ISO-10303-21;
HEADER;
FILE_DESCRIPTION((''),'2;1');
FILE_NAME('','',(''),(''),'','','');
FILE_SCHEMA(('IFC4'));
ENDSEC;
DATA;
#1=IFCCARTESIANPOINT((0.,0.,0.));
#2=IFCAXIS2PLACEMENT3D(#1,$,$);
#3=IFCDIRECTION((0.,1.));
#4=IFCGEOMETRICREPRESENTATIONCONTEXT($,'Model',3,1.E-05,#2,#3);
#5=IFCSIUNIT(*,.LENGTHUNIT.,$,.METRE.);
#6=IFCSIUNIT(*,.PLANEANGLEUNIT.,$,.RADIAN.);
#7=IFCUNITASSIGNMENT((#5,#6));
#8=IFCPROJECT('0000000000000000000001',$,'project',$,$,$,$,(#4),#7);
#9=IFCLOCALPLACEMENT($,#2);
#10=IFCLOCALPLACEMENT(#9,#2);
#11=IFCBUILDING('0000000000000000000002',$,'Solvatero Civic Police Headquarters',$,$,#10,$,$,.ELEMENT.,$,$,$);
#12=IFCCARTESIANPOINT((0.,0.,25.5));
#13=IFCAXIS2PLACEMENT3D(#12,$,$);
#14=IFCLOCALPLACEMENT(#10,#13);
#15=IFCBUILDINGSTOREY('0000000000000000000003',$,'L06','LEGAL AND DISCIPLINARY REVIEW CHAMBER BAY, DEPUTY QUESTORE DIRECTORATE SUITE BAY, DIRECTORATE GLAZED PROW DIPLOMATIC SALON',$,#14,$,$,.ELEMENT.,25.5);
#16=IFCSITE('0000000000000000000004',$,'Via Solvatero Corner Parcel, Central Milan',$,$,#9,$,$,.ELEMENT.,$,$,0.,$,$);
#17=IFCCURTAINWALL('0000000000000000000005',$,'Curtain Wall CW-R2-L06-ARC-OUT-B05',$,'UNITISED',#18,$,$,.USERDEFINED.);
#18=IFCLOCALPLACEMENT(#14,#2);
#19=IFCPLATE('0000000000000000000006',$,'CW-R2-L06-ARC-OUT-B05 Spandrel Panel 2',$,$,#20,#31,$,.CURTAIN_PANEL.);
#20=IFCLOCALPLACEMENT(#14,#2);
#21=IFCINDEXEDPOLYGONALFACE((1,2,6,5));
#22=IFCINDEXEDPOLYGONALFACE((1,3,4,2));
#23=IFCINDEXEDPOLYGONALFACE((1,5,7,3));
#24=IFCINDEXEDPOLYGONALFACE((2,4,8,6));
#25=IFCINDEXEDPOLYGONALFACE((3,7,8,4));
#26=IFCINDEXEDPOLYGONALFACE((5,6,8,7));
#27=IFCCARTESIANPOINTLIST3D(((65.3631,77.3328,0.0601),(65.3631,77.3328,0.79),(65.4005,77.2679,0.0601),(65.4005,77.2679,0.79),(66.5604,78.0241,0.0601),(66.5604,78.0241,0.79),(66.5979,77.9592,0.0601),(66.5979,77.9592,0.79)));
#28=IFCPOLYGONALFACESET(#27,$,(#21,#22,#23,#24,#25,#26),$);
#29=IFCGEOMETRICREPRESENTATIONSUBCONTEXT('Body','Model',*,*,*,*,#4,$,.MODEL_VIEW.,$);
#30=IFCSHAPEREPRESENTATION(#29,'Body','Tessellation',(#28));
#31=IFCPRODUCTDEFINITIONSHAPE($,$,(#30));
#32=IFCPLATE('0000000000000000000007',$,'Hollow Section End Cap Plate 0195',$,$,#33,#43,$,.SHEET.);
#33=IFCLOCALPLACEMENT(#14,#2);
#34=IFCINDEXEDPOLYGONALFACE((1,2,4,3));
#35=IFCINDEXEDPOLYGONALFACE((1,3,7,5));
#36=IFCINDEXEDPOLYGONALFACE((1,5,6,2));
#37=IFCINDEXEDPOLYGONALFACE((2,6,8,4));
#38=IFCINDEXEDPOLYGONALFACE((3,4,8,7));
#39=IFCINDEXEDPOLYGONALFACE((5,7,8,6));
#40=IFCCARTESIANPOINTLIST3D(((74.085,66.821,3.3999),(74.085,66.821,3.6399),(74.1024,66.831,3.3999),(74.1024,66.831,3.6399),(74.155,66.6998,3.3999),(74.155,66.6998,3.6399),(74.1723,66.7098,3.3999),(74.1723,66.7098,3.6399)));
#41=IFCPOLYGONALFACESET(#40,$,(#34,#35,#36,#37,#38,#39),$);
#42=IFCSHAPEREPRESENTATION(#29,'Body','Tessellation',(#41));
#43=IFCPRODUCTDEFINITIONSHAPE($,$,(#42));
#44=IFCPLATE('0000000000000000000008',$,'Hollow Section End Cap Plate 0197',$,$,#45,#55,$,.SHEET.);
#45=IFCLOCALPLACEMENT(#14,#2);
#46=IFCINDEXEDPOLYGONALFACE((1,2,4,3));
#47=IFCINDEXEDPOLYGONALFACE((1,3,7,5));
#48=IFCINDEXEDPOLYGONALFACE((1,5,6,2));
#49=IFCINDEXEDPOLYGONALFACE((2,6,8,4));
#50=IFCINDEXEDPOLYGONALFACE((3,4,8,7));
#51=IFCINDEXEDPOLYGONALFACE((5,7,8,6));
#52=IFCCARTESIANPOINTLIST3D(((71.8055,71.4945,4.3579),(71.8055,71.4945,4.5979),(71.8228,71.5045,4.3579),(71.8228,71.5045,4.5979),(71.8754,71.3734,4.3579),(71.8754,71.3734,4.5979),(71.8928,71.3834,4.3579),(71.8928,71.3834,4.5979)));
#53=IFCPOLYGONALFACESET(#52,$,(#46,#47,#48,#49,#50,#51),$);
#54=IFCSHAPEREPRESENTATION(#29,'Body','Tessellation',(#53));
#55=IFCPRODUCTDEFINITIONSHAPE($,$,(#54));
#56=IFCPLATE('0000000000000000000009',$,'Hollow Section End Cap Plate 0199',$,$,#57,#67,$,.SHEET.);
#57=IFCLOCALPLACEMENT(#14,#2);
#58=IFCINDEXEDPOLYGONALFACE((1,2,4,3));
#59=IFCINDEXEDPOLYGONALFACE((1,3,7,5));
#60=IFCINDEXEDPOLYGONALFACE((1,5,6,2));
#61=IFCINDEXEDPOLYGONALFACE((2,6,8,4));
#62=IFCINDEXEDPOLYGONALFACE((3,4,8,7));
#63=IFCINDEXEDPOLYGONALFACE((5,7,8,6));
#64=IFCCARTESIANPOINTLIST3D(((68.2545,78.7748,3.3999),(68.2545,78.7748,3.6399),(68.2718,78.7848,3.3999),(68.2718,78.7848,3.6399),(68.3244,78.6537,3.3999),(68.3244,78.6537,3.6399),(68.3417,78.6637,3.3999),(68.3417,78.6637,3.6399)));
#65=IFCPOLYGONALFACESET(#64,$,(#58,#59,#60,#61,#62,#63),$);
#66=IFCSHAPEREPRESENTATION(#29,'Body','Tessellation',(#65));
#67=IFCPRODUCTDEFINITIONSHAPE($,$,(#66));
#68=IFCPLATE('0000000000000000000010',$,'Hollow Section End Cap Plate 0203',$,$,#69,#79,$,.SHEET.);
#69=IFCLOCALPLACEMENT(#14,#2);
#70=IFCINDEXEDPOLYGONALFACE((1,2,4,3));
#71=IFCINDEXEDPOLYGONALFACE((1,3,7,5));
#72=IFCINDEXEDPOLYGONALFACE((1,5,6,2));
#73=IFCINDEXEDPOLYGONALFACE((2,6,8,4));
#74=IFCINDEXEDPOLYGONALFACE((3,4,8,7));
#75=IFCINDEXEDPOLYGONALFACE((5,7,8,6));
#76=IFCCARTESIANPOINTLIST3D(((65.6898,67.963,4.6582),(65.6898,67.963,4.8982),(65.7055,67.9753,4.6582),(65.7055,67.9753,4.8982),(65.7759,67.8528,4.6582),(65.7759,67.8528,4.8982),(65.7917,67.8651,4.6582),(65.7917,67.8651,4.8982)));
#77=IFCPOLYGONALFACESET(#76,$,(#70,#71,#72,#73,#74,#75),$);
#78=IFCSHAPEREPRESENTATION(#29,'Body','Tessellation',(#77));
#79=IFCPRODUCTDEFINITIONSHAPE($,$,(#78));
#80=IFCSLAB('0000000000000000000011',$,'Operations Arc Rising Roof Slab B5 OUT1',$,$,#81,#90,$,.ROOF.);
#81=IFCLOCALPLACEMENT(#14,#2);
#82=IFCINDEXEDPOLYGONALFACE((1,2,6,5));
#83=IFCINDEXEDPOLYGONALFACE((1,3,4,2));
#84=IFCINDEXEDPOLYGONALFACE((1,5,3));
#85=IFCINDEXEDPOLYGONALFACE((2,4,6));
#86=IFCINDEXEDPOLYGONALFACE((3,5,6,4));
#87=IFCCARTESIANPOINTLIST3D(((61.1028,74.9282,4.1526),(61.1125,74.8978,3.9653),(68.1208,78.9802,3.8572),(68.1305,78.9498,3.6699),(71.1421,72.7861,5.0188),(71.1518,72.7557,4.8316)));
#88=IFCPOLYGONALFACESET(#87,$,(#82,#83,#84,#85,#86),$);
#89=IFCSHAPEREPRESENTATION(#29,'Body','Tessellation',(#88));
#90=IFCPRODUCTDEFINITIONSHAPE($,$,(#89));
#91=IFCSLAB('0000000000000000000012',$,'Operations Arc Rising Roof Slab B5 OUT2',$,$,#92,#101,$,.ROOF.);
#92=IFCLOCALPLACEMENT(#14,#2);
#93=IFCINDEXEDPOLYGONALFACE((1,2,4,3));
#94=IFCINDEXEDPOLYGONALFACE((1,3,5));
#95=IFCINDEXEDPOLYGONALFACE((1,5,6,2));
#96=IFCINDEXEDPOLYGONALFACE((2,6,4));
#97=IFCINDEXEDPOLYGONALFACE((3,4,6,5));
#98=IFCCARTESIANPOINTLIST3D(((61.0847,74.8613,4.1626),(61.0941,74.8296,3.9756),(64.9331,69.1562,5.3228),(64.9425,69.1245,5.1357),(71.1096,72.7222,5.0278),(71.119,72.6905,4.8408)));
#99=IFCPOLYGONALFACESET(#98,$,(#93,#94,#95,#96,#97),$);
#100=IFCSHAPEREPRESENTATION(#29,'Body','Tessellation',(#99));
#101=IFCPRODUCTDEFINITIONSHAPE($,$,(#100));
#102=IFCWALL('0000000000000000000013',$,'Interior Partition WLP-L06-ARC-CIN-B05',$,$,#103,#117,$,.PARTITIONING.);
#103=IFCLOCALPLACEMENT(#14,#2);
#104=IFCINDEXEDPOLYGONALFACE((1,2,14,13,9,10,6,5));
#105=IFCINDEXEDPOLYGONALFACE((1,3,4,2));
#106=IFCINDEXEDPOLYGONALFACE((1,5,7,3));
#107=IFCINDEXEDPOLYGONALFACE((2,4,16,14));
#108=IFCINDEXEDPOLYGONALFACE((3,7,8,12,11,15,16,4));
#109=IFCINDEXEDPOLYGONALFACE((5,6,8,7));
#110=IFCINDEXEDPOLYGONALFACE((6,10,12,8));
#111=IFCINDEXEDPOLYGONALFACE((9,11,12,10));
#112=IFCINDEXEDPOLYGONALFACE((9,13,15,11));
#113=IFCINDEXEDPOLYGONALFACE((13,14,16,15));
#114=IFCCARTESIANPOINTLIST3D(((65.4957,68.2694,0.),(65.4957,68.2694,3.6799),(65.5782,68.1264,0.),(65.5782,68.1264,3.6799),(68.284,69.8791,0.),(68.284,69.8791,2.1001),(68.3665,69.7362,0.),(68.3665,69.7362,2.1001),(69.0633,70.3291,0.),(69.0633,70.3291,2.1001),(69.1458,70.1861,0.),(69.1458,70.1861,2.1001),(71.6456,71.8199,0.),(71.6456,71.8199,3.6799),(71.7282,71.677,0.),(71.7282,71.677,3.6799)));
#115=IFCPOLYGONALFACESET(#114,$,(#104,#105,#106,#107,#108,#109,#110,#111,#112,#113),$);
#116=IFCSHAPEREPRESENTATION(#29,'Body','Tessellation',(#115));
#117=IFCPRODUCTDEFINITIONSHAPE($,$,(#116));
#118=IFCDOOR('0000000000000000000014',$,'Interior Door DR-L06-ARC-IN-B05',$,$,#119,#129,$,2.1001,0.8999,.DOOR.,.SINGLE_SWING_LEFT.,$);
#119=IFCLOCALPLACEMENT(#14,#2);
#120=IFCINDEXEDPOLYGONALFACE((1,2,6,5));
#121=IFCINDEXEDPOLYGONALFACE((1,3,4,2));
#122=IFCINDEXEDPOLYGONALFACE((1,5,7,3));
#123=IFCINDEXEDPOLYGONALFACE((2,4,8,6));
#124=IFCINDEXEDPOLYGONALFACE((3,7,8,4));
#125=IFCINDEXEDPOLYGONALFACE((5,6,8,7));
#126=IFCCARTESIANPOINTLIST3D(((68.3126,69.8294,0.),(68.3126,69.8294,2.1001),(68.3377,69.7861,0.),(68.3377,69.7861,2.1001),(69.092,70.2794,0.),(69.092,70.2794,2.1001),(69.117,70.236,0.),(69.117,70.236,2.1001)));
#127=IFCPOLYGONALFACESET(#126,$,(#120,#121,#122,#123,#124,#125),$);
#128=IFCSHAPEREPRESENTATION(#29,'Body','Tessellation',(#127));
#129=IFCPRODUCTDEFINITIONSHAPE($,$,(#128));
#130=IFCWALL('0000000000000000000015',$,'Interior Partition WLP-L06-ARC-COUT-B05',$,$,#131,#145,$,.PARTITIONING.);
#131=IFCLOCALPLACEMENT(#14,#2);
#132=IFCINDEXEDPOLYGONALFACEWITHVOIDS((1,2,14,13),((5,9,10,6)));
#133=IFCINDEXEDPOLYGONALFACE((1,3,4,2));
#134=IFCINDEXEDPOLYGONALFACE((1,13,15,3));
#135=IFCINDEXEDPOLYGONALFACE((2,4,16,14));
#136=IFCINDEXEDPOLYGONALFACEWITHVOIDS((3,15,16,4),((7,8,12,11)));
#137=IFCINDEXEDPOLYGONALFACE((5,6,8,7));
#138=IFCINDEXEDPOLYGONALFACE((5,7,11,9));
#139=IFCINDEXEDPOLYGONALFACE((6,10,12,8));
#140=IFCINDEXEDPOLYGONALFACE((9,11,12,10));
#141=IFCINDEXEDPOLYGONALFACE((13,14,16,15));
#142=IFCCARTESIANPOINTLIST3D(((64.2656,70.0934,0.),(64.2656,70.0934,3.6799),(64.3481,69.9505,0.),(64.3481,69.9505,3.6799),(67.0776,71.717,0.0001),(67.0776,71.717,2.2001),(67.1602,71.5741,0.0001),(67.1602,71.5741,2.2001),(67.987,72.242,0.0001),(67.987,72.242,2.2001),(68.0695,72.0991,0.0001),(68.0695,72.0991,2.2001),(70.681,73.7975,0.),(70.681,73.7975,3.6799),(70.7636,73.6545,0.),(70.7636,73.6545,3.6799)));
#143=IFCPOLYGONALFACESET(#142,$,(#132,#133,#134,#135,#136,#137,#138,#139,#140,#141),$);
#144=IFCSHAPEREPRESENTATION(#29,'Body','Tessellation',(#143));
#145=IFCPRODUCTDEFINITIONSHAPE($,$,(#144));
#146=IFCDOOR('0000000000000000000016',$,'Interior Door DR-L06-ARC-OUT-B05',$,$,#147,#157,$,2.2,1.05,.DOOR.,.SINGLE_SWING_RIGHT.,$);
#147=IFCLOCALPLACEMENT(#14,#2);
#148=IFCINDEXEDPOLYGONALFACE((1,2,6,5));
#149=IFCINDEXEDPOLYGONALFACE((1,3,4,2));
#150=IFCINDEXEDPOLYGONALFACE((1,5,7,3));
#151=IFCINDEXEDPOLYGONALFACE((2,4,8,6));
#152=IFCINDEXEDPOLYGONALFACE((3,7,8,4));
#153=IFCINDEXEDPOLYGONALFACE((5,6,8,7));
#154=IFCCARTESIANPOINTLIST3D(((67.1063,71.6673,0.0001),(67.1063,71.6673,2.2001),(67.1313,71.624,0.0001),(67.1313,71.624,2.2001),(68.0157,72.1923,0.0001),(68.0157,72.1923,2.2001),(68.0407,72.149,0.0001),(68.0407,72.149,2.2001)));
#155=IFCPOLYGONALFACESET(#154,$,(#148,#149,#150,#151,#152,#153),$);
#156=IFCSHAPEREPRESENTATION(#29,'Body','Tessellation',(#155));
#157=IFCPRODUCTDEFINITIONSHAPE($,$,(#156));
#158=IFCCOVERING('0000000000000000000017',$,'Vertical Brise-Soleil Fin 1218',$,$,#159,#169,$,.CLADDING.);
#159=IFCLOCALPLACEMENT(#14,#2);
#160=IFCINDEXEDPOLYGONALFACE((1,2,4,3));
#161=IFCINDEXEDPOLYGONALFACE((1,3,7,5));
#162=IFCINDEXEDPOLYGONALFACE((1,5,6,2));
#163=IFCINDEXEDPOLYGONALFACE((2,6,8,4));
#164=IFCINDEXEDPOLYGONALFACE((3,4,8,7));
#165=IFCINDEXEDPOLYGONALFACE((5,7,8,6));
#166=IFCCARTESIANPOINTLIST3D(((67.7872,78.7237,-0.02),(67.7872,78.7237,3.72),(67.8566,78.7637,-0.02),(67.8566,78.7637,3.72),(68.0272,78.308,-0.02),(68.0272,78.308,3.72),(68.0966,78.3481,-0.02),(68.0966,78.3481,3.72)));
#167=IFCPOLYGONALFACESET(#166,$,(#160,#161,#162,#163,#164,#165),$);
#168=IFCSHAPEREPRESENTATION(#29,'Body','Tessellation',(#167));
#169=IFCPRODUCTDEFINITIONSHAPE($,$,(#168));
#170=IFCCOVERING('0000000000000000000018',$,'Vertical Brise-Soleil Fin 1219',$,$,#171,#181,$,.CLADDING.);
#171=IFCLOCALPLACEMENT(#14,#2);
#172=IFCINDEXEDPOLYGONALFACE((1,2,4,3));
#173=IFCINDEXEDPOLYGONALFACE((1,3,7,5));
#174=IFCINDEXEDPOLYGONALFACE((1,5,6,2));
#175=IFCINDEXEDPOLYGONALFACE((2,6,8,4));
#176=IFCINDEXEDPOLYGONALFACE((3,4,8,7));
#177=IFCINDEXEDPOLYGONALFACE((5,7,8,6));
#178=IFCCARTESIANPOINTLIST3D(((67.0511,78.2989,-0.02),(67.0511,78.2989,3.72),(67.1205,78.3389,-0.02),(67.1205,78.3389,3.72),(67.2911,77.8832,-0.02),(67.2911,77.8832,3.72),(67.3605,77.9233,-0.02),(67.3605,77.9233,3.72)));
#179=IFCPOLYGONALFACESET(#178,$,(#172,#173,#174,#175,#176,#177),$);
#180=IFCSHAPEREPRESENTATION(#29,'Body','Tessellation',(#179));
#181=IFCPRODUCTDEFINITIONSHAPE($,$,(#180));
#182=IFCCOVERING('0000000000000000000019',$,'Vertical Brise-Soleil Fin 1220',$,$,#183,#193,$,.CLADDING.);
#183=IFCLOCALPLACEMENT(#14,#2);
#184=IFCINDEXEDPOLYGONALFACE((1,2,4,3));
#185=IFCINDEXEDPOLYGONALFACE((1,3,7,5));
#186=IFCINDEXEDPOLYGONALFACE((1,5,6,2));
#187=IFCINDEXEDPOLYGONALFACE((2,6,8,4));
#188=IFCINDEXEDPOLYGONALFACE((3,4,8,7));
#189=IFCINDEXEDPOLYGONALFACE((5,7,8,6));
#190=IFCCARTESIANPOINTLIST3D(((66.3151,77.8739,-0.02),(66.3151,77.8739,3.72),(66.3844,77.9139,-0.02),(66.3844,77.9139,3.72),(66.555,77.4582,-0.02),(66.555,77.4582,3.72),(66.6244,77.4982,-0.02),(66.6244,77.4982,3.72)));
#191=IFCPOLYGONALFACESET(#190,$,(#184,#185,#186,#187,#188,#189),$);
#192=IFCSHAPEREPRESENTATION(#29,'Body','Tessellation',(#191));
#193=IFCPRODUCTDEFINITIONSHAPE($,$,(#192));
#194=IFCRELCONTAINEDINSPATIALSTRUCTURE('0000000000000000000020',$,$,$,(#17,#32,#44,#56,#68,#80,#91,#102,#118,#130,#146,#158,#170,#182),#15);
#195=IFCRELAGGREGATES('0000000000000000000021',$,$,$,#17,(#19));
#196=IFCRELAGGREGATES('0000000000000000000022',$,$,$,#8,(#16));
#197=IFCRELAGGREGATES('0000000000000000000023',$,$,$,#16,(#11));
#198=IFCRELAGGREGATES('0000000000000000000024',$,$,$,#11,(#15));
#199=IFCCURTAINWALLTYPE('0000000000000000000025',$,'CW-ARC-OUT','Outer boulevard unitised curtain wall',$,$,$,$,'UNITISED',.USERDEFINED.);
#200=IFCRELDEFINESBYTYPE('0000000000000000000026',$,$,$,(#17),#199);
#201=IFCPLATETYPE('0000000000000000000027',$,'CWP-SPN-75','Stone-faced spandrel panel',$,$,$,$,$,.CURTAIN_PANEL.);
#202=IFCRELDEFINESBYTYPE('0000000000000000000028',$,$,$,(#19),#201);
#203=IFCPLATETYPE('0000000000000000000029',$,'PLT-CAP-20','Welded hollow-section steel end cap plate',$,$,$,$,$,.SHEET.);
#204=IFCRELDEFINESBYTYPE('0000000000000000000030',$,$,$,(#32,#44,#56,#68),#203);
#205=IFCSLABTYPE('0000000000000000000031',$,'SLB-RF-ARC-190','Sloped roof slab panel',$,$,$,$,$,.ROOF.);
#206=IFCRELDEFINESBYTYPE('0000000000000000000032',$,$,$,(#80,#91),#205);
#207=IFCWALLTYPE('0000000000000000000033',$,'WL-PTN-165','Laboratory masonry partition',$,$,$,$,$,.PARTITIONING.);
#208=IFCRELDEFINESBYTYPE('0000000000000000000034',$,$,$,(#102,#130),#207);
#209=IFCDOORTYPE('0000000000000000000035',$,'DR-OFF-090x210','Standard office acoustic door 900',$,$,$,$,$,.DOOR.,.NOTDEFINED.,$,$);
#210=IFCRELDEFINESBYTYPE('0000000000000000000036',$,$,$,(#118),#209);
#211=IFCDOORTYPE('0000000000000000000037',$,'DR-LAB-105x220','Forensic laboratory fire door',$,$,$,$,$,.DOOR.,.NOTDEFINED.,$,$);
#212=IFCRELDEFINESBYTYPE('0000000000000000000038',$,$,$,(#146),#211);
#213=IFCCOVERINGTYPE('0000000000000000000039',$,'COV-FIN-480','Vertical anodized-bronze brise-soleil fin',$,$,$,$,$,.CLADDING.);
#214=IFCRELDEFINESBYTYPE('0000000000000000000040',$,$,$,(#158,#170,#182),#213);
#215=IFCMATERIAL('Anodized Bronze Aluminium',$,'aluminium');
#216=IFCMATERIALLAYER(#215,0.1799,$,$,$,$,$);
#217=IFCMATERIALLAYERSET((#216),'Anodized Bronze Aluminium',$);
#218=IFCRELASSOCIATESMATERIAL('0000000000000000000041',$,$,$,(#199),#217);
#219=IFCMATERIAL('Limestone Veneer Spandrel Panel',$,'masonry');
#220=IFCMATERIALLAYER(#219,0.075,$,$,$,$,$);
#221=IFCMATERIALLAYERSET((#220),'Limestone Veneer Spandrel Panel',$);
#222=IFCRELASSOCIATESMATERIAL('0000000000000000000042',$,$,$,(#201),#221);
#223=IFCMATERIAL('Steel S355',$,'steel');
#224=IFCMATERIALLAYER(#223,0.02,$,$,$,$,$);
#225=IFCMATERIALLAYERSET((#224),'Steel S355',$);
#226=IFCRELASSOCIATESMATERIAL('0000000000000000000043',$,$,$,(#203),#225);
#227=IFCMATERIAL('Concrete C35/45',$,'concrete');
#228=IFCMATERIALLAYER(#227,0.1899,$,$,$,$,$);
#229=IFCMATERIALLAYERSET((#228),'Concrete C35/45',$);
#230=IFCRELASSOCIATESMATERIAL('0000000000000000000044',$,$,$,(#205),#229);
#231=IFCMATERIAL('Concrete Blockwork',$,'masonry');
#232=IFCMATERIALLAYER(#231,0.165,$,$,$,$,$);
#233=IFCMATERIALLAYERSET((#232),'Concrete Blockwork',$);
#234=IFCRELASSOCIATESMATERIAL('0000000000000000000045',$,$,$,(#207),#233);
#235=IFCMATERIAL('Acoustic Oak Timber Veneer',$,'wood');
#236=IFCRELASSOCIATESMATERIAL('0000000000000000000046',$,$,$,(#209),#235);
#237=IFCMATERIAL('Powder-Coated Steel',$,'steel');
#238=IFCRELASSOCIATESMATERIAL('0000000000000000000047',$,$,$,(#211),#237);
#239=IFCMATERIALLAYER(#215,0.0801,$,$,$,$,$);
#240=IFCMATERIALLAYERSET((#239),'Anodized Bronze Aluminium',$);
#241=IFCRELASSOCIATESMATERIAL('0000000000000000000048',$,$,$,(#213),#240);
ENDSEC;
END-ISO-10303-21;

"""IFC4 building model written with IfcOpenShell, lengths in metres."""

from ifc_helpers import new_model, si_unit, direction, frame, frame_2d, origin, origin_2d, place, context, subcontext, project, spatial, polyline, rectangle, outline, extrude, material, layer, layer_set, type_object, element, fill, aggregate, save


model = new_model("IFC4")

# Units and contexts
model_context = context("Model", 3, precision=1e-05, world=origin(), true_north=direction((0.0, 1.0)))
body_context = subcontext(model_context, "Body", "Model", "MODEL_VIEW")
ifc_project = project(units=[si_unit("LENGTHUNIT", "METRE"), si_unit("PLANEANGLEUNIT", "RADIAN")], contexts=[model_context])

# Site, building, storey
site_placement = place(None, origin())
site = spatial("IfcSite", under=ifc_project, at=site_placement, Name="Via Solvatero Corner Parcel, Central Milan", CompositionType="ELEMENT", RefElevation=0.0)
building_placement = place(site_placement, origin())
building = spatial("IfcBuilding", under=site, at=building_placement, Name="Solvatero Civic Police Headquarters", CompositionType="ELEMENT")
storey_placement = place(building_placement, frame((0.0, 0.0, 25.5)))
storey = spatial("IfcBuildingStorey", under=building, at=storey_placement, Name="L06", Description="LEGAL AND DISCIPLINARY REVIEW CHAMBER BAY, DEPUTY QUESTORE DIRECTORATE SUITE BAY, DIRECTORATE GLAZED PROW DIPLOMATIC SALON", CompositionType="ELEMENT", Elevation=25.5)

# Shared definitions
ifc_material_1 = material(Name="Steel S355", Category="steel")

# Curtain wall
ifc_material_2 = material(Name="Anodized Bronze Aluminium", Category="aluminium")
ifc_layer_1 = layer(ifc_material_2, 0.1799)
ifc_layer_set_1 = layer_set([ifc_layer_1], Name="Anodized Bronze Aluminium")
curtain_wall_type = type_object("IfcCurtainWallType", Name="CW-ARC-OUT", Description="Outer boulevard unitised curtain wall", ElementType="UNITISED", PredefinedType="USERDEFINED", material=ifc_layer_set_1)
curtain_wall_placement = place(storey_placement, origin())
curtain_wall = element("IfcCurtainWall", 1, at=curtain_wall_placement, inside=storey, type_object=curtain_wall_type, Name="Curtain Wall CW-R2-L06-ARC-OUT-B05", ObjectType="UNITISED", PredefinedType="USERDEFINED")

# Plate
ifc_material_3 = material(Name="Limestone Veneer Spandrel Panel", Category="masonry")
ifc_layer_2 = layer(ifc_material_3, 0.075)
ifc_layer_set_2 = layer_set([ifc_layer_2], Name="Limestone Veneer Spandrel Panel")
plate_type_1 = type_object("IfcPlateType", Name="CWP-SPN-75", Description="Stone-faced spandrel panel", PredefinedType="CURTAIN_PANEL", material=ifc_layer_set_2)
plate_1_placement = place(storey_placement, frame((65.9805, 77.646, 0.0601), z_axis=(0.0, 0.0, 1.0), x_axis=(-0.866025, -0.5, 0.0)))
plate_1 = element("IfcPlate", 2, at=plate_1_placement, type_object=plate_type_1, Name="CW-R2-L06-ARC-OUT-B05 Spandrel Panel 2", PredefinedType="CURTAIN_PANEL", context=body_context, shape_type="SweptSolid", body=[
    extrude(rectangle(XDim=1.3826, YDim=0.075, at=origin_2d()), origin(), (0.0, 0.0, 1.0), 0.73),
])
aggregate(curtain_wall, [plate_1])

# Plates
ifc_layer_3 = layer(ifc_material_1, 0.02)
ifc_layer_set_3 = layer_set([ifc_layer_3], Name="Steel S355")
plate_type_2 = type_object("IfcPlateType", Name="PLT-CAP-20", Description="Welded hollow-section steel end cap plate", PredefinedType="SHEET", material=ifc_layer_set_3)
for number, where, z_axis, x_axis, name in (
    (3, (74.1287, 66.7654, 3.3999), (0.0, 0.0, 1.0), (-0.866034, -0.499985, 0.0), "Hollow Section End Cap Plate 0195"),
    (4, (71.8491, 71.439, 4.3579), (0.0, 0.0, 1.0), (-0.866025, -0.5, 0.0), "Hollow Section End Cap Plate 0197"),
    (5, (68.2981, 78.7192, 3.3999), (0.0, 0.0, 1.0), (-0.866025, -0.5, 0.0), "Hollow Section End Cap Plate 0199"),
    (6, (65.7407, 67.9141, 4.6582), (0.0, 0.0, 1.0), (-0.788021, -0.615648, 0.0), "Hollow Section End Cap Plate 0203"),
):
    element("IfcPlate", number, at=place(storey_placement, frame(where, z_axis=z_axis, x_axis=x_axis)), inside=storey, type_object=plate_type_2, Name=name, PredefinedType="SHEET", context=body_context, shape_type="SweptSolid", body=[
        extrude(rectangle(XDim=0.02, YDim=0.1399, at=origin_2d()), origin(), (0.0, 0.0, 1.0), 0.24),
    ])

# Slabs
ifc_material_4 = material(Name="Concrete C35/45", Category="concrete")
ifc_layer_4 = layer(ifc_material_4, 0.1899)
ifc_layer_set_4 = layer_set([ifc_layer_4], Name="Concrete C35/45")
slab_type = type_object("IfcSlabType", Name="SLB-RF-ARC-190", Description="Sloped roof slab panel", PredefinedType="ROOF", material=ifc_layer_set_4)
slab_1_placement = place(storey_placement, frame((71.1421, 72.7861, 5.0188), z_axis=(-0.050908, 0.160042, 0.985797), x_axis=(-0.974522, 0.207934, -0.084084)))
element("IfcSlab", 7, at=slab_1_placement, inside=storey, type_object=slab_type, Name="Operations Arc Rising Roof Slab B5 OUT1", PredefinedType="ROOF", context=body_context, shape_type="SweptSolid", body=[
    extrude(outline(polyline([(0.0, 0.0), (10.3018, 0.0), (4.3299, -5.486), (0.0, 0.0)])), origin(), (0.0, 0.0, -1.0), 0.1899),
])
slab_2_placement = place(storey_placement, frame((71.1096, 72.7222, 5.0278), z_axis=(-0.049366, 0.166949, 0.984729), x_axis=(-0.865292, -0.499563, 0.041317)))
element("IfcSlab", 8, at=slab_2_placement, inside=storey, type_object=slab_type, Name="Operations Arc Rising Roof Slab B5 OUT2", PredefinedType="ROOF", context=body_context, shape_type="SweptSolid", body=[
    extrude(outline(polyline([(0.0, 0.0), (7.1381, 0.0), (7.5701, -6.9654), (0.0, 0.0)])), origin(), (0.0, 0.0, -1.0), 0.1899),
])

# Walls, openings, doors
ifc_material_5 = material(Name="Concrete Blockwork", Category="masonry")
ifc_layer_5 = layer(ifc_material_5, 0.165)
ifc_layer_set_5 = layer_set([ifc_layer_5], Name="Concrete Blockwork")
wall_type = type_object("IfcWallType", Name="WL-PTN-165", Description="Laboratory masonry partition", PredefinedType="PARTITIONING", material=ifc_layer_set_5)
wall_1_placement = place(storey_placement, frame((71.687, 71.7485, 0.0), z_axis=(0.0, 0.0, 1.0), x_axis=(-0.866032, -0.499988, 0.0)))
wall_1 = element("IfcWall", 9, at=wall_1_placement, inside=storey, type_object=wall_type, Name="Interior Partition WLP-L06-ARC-CIN-B05", PredefinedType="PARTITIONING", context=body_context, shape_type="SweptSolid", body=[
    extrude(rectangle(XDim=7.1013, YDim=0.165, at=frame_2d((3.5508, 0.0))), origin(), (0.0, 0.0, 1.0), 3.6799),
])
opening_1_placement = place(wall_1_placement, frame((2.9819, 0.0, 0.0)))
opening_1 = element("IfcOpeningElement", 10, at=opening_1_placement, cuts=wall_1, PredefinedType="OPENING", context=body_context, shape_type="SweptSolid", body=[
    extrude(rectangle(XDim=0.8999, YDim=2.1001, at=frame_2d((0.45, 1.05))), frame((0.0, 0.0925, 0.0), z_axis=(0.0, -1.0, 0.0), x_axis=(1.0, 0.0, 0.0)), (0.0, 0.0, 1.0), 0.1851),
])
ifc_material_6 = material(Name="Acoustic Oak Timber Veneer", Category="wood")
door_type_1 = type_object("IfcDoorType", Name="DR-OFF-090x210", Description="Standard office acoustic door 900", OperationType="NOTDEFINED", PredefinedType="DOOR", material=ifc_material_6)
door_1_placement = place(opening_1_placement, origin())
door_1 = element("IfcDoor", 11, at=door_1_placement, inside=storey, type_object=door_type_1, Name="Interior Door DR-L06-ARC-IN-B05", OperationType="SINGLE_SWING_LEFT", OverallHeight=2.1001, OverallWidth=0.8999, PredefinedType="DOOR", context=body_context, shape_type="SweptSolid", body=[
    extrude(rectangle(XDim=0.8999, YDim=2.1001, at=frame_2d((0.45, 1.05))), frame((0.0, 0.0249, 0.0), z_axis=(0.0, -1.0, 0.0), x_axis=(1.0, 0.0, 0.0)), (0.0, 0.0, 1.0), 0.05),
])
fill(opening_1, door_1)
wall_2_placement = place(storey_placement, frame((70.7224, 73.7261, 0.0), z_axis=(0.0, 0.0, 1.0), x_axis=(-0.86602, -0.50001, 0.0)))
wall_2 = element("IfcWall", 12, at=wall_2_placement, inside=storey, type_object=wall_type, Name="Interior Partition WLP-L06-ARC-COUT-B05", PredefinedType="PARTITIONING", context=body_context, shape_type="SweptSolid", body=[
    extrude(rectangle(XDim=7.408, YDim=0.165, at=frame_2d((3.7041, 0.0))), origin(), (0.0, 0.0, 1.0), 3.6799),
])
opening_2_placement = place(wall_2_placement, frame((3.1111, 0.0, 0.0)))
opening_2 = element("IfcOpeningElement", 13, at=opening_2_placement, cuts=wall_2, PredefinedType="OPENING", context=body_context, shape_type="SweptSolid", body=[
    extrude(rectangle(XDim=1.05, YDim=2.2, at=frame_2d((0.5249, 1.1001))), frame((0.0, 0.0925, 0.0), z_axis=(0.0, -1.0, 0.0), x_axis=(1.0, 0.0, 0.0)), (0.0, 0.0, 1.0), 0.1851),
])
ifc_material_7 = material(Name="Powder-Coated Steel", Category="steel")
door_type_2 = type_object("IfcDoorType", Name="DR-LAB-105x220", Description="Forensic laboratory fire door", OperationType="NOTDEFINED", PredefinedType="DOOR", material=ifc_material_7)
door_2_placement = place(opening_2_placement, origin())
door_2 = element("IfcDoor", 14, at=door_2_placement, inside=storey, type_object=door_type_2, Name="Interior Door DR-L06-ARC-OUT-B05", OperationType="SINGLE_SWING_RIGHT", OverallHeight=2.2, OverallWidth=1.05, PredefinedType="DOOR", context=body_context, shape_type="SweptSolid", body=[
    extrude(rectangle(XDim=1.05, YDim=2.2, at=frame_2d((0.5249, 1.1001))), frame((0.0, 0.0249, 0.0), z_axis=(0.0, -1.0, 0.0), x_axis=(1.0, 0.0, 0.0)), (0.0, 0.0, 1.0), 0.05),
])
fill(opening_2, door_2)

# Coverings
ifc_layer_6 = layer(ifc_material_2, 0.0801)
ifc_layer_set_6 = layer_set([ifc_layer_6], Name="Anodized Bronze Aluminium")
covering_type_1 = type_object("IfcCoveringType", Name="COV-FIN-480", Description="Vertical anodized-bronze brise-soleil fin", PredefinedType="CLADDING", material=ifc_layer_set_6)
for number, where, z_axis, x_axis, name in (
    (15, (67.9419, 78.5359, -0.02), (0.0, 0.0, 1.0), (-0.866025, -0.5, 0.0), "Vertical Brise-Soleil Fin 1218"),
    (16, (67.2058, 78.1111, -0.02), (0.0, 0.0, 1.0), (-0.866025, -0.5, 0.0), "Vertical Brise-Soleil Fin 1219"),
    (17, (66.4697, 77.686, -0.02), (0.0, 0.0, 1.0), (-0.866025, -0.5, 0.0), "Vertical Brise-Soleil Fin 1220"),
):
    element("IfcCovering", number, at=place(storey_placement, frame(where, z_axis=z_axis, x_axis=x_axis)), inside=storey, type_object=covering_type_1, Name=name, PredefinedType="CLADDING", context=body_context, shape_type="SweptSolid", body=[
        extrude(rectangle(XDim=0.0801, YDim=0.48, at=origin_2d()), origin(), (0.0, 0.0, 1.0), 3.74),
    ])

save(model, "model.ifc")
